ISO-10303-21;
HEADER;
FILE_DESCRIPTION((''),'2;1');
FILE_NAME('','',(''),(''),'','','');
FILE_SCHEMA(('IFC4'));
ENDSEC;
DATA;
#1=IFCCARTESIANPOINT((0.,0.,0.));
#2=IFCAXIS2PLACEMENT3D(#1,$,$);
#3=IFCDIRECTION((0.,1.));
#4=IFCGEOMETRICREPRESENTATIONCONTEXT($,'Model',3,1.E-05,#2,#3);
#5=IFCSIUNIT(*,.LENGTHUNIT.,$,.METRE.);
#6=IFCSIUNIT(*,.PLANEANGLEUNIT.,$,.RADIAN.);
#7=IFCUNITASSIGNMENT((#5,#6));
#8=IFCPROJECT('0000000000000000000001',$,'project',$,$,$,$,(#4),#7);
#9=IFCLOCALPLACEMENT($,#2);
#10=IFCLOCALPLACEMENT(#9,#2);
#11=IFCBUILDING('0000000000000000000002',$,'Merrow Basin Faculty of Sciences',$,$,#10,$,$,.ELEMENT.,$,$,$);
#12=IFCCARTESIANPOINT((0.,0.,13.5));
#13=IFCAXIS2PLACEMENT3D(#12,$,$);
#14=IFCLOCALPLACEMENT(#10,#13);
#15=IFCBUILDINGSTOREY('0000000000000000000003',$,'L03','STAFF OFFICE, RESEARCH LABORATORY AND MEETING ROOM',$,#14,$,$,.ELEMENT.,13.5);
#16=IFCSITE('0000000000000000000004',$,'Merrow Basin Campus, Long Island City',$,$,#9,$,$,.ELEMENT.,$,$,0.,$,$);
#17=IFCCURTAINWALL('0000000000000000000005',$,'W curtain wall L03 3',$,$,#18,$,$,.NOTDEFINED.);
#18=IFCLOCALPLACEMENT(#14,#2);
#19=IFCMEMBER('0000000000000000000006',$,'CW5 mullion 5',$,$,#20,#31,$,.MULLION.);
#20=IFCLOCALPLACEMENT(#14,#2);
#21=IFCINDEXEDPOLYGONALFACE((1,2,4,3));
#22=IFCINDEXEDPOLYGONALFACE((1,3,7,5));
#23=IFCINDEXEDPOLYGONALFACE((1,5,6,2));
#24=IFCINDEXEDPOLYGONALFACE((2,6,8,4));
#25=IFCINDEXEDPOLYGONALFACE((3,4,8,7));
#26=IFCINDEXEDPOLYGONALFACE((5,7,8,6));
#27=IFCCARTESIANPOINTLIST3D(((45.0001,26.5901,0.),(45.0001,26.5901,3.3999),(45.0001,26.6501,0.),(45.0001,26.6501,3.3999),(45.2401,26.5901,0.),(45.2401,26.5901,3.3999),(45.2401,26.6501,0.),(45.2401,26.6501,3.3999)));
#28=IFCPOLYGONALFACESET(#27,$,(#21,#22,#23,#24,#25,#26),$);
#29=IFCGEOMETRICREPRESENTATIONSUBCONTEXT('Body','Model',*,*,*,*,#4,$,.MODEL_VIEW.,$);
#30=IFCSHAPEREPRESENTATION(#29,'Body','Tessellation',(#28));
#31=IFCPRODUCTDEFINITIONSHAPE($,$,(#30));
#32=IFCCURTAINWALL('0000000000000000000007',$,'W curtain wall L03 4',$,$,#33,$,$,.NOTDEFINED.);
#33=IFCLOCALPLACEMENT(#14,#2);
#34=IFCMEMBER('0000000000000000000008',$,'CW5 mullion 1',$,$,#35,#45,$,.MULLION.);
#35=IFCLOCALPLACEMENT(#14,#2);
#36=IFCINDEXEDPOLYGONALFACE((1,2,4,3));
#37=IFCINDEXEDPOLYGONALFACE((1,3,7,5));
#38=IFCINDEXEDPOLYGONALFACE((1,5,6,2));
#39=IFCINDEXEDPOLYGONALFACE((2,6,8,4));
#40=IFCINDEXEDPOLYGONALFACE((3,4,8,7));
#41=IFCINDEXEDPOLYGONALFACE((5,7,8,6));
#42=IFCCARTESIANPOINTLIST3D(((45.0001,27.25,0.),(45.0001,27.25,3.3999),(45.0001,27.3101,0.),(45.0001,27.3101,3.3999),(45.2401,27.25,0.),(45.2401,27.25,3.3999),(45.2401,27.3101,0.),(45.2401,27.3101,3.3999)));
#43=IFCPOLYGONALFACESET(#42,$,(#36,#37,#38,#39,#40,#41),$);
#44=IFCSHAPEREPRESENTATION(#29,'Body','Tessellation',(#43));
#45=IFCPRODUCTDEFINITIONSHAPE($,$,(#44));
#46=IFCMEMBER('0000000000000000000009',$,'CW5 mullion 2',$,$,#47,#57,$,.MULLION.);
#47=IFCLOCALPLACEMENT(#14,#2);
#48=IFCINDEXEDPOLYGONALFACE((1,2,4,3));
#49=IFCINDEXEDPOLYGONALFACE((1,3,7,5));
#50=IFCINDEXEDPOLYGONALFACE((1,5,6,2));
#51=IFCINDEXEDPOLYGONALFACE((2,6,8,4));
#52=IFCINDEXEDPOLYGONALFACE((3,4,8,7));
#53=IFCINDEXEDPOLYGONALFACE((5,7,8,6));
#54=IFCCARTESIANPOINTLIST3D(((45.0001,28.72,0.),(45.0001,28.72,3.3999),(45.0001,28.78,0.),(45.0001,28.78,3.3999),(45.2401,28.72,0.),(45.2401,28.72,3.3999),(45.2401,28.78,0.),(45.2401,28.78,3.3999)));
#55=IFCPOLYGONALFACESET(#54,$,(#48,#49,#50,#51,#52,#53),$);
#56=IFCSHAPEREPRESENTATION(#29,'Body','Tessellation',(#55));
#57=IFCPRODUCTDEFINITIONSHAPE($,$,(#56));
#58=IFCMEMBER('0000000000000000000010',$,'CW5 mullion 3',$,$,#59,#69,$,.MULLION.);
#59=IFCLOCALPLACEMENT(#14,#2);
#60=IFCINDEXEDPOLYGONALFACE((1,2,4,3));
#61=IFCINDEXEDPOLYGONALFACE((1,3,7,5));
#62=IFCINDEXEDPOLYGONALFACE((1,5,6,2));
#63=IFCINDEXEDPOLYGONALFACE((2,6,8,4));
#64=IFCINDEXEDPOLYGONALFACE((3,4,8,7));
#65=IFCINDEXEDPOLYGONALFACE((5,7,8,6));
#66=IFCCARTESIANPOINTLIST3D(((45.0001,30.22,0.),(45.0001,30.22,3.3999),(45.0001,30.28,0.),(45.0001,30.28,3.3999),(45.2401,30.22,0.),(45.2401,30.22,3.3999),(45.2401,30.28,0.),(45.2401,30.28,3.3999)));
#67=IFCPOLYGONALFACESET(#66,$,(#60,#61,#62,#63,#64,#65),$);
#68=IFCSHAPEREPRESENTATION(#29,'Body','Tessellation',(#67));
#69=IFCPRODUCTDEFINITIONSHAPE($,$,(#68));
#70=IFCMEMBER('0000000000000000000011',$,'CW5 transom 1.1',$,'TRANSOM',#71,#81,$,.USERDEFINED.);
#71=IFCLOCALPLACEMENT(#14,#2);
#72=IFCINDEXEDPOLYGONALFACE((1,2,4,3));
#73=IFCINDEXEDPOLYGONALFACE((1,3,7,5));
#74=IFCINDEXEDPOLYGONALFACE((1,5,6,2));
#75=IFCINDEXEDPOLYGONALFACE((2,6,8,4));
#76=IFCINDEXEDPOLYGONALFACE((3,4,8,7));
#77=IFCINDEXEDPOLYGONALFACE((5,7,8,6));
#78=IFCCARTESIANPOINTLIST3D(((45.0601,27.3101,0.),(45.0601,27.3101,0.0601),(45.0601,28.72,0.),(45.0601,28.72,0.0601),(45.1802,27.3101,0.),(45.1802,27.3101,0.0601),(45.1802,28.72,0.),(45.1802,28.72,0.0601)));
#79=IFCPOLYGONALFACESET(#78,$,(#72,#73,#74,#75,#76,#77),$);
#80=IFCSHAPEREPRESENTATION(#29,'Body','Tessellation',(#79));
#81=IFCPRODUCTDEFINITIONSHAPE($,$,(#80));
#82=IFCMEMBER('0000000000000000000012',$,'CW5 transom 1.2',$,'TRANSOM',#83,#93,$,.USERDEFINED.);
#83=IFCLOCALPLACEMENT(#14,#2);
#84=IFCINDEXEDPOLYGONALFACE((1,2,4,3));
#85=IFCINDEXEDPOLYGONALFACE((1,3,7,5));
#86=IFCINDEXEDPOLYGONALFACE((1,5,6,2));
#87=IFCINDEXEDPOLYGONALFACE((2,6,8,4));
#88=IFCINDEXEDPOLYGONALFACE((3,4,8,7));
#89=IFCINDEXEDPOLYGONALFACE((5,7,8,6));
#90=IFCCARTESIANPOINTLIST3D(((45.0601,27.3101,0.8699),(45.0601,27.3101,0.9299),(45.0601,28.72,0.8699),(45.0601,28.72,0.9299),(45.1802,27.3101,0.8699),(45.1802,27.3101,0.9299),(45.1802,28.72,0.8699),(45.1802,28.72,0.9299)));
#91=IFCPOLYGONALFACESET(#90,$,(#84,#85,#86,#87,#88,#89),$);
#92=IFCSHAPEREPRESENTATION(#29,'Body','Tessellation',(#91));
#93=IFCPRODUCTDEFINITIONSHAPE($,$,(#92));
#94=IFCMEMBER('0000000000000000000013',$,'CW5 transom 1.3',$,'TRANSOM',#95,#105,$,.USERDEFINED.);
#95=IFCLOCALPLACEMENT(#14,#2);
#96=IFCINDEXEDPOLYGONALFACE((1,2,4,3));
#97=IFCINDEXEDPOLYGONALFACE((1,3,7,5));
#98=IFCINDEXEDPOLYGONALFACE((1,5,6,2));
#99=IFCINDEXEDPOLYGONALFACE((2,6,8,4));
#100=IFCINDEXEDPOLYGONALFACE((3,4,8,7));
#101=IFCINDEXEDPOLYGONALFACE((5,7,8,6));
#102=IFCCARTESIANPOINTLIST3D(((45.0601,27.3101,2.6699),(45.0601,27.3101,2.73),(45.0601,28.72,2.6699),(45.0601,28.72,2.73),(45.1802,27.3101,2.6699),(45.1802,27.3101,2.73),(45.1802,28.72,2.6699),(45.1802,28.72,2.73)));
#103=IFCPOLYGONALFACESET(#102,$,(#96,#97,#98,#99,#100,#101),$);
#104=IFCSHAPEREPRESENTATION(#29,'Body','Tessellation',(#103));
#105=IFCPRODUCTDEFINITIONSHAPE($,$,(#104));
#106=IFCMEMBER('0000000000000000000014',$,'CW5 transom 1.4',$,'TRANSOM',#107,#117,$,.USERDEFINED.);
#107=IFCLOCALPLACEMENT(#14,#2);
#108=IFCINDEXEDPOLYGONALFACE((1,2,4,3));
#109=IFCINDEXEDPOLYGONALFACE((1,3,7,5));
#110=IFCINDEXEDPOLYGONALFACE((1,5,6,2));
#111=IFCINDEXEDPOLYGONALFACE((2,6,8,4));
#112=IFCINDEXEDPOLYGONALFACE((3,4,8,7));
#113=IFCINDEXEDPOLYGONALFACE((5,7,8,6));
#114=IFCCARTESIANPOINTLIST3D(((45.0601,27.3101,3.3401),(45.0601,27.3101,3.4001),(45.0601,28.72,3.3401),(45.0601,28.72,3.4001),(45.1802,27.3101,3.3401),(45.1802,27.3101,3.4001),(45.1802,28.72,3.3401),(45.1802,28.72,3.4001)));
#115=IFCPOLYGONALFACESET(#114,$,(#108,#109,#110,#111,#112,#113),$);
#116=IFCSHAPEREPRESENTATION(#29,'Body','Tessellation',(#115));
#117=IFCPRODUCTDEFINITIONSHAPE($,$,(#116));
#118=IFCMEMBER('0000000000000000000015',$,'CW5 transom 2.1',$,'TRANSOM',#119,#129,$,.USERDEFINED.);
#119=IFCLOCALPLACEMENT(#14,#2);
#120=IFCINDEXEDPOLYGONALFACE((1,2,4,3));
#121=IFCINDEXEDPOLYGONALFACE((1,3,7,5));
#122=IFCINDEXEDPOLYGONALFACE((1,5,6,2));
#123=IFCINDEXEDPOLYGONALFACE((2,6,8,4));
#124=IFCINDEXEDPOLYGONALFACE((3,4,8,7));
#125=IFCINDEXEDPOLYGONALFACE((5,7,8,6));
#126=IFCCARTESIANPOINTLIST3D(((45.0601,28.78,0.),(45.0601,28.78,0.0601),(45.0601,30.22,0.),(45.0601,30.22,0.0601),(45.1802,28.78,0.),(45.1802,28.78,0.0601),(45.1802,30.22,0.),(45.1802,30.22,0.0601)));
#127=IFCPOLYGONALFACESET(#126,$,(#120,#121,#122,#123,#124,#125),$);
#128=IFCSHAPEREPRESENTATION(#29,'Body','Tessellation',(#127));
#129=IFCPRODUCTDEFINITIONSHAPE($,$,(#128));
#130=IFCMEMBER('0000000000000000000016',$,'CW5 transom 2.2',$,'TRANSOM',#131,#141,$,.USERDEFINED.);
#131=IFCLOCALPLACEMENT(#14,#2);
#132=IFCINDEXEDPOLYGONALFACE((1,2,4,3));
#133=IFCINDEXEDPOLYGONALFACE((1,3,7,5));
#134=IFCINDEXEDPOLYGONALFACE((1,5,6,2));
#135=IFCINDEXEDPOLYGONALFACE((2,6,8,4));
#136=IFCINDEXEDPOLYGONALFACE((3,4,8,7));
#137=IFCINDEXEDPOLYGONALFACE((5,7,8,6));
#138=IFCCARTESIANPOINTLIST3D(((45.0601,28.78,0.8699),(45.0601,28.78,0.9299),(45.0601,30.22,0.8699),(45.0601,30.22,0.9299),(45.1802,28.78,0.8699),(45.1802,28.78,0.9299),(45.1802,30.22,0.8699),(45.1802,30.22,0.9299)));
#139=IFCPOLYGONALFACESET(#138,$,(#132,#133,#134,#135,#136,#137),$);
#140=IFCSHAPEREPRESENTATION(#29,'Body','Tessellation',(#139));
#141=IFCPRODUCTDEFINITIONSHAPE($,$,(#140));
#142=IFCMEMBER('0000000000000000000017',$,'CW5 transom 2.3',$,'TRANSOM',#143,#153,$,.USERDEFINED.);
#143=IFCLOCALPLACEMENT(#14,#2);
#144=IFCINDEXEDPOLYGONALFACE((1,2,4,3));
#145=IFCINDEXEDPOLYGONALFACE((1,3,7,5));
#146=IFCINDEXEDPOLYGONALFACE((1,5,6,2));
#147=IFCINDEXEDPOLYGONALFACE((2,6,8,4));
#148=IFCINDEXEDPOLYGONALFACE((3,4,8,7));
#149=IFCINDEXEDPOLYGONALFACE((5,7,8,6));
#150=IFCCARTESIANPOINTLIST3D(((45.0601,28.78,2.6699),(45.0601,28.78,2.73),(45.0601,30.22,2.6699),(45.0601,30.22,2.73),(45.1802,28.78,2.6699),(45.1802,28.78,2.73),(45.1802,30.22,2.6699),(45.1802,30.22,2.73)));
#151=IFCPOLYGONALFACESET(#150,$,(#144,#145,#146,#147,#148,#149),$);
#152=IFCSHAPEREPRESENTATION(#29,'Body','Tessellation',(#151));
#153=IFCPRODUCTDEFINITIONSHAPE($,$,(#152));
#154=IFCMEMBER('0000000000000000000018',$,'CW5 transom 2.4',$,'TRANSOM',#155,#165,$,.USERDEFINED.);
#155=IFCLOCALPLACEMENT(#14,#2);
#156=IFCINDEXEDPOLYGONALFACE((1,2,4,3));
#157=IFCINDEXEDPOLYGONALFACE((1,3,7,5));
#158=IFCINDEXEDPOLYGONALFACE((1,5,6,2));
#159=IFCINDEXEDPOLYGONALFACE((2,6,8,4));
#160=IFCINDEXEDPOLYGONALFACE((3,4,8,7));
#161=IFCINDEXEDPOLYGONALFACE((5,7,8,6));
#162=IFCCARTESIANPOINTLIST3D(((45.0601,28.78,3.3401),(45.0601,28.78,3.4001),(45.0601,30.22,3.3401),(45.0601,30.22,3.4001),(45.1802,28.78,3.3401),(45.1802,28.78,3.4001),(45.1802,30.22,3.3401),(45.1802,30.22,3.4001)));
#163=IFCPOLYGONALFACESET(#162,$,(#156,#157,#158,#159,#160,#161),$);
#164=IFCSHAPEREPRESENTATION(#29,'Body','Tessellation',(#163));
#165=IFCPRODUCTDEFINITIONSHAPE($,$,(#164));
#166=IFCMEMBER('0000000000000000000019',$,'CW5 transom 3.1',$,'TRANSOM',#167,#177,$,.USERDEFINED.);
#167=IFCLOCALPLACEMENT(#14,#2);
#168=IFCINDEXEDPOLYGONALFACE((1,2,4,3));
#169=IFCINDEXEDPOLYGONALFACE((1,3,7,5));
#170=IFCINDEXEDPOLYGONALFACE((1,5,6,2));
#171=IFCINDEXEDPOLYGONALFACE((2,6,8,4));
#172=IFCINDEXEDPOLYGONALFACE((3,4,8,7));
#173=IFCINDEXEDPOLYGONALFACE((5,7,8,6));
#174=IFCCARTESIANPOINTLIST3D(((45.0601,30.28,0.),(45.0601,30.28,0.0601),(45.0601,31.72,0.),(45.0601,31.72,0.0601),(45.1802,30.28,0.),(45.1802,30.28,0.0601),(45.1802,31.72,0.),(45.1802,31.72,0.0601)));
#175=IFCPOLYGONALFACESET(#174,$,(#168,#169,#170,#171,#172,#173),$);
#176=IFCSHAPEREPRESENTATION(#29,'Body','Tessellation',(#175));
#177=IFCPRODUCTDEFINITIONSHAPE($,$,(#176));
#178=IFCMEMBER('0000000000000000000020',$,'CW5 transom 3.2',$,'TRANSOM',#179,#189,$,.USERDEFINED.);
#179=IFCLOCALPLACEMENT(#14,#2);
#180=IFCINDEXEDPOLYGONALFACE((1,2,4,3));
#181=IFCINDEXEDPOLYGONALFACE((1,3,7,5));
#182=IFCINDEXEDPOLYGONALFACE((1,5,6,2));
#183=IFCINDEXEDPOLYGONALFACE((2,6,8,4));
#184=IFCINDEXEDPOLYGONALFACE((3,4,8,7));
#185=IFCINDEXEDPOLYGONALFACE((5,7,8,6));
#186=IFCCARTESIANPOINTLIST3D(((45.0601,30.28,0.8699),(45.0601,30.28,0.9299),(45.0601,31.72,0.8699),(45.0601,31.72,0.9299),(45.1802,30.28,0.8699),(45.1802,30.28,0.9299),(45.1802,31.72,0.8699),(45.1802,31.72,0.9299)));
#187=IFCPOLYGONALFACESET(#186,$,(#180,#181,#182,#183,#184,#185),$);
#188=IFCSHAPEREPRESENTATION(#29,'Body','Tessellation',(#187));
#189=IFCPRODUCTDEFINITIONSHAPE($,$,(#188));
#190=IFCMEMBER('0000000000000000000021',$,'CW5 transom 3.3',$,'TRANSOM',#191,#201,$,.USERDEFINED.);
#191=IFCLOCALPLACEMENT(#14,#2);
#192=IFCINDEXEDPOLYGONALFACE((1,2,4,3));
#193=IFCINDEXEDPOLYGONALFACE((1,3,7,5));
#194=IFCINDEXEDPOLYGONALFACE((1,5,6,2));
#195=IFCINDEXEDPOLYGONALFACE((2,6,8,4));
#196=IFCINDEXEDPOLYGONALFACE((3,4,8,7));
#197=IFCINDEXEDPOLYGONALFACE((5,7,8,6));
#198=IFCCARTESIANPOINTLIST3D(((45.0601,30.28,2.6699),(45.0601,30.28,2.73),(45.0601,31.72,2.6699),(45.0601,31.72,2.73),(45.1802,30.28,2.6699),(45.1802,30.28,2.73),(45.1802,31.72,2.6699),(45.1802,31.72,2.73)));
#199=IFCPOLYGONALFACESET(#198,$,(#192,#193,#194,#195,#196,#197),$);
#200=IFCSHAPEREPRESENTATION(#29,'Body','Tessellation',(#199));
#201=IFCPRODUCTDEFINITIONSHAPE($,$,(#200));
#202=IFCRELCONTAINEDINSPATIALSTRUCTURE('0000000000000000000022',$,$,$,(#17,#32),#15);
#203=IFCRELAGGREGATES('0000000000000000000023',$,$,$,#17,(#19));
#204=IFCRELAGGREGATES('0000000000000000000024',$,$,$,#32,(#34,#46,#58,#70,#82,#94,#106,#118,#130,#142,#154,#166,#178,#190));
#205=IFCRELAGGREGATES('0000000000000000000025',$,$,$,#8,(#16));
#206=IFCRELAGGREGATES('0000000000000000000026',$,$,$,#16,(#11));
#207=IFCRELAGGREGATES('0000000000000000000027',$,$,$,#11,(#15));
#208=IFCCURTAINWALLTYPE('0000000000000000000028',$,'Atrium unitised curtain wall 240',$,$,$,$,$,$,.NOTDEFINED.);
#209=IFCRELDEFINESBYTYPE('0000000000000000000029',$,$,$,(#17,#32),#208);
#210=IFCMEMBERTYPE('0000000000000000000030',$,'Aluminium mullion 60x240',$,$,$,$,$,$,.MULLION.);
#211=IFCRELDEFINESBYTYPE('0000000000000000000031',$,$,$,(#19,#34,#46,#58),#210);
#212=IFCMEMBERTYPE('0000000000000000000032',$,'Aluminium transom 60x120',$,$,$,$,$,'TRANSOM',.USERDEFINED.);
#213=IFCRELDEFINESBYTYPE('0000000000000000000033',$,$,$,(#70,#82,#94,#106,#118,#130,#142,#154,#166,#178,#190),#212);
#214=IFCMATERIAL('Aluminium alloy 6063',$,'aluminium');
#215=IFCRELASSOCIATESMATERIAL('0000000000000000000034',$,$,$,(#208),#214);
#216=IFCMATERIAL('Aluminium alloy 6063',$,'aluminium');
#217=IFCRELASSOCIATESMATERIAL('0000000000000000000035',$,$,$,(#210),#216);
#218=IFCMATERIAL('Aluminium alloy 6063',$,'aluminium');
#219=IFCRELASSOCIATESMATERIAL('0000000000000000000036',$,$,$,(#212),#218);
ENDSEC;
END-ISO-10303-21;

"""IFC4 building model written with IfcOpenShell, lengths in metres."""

from ifc_helpers import new_model, si_unit, direction, frame, origin, origin_2d, place, context, subcontext, project, spatial, rectangle, extrude, material, material_profile, profile_set, type_object, element, aggregate, save


model = new_model("IFC4")

# Units and contexts
model_context = context("Model", 3, precision=1e-05, world=origin(), true_north=direction((0.0, 1.0)))
body_context = subcontext(model_context, "Body", "Model", "MODEL_VIEW")
ifc_project = project(units=[si_unit("LENGTHUNIT", "METRE"), si_unit("PLANEANGLEUNIT", "RADIAN")], contexts=[model_context])

# Site, building, storey
site_placement = place(None, origin())
site = spatial("IfcSite", under=ifc_project, at=site_placement, Name="Merrow Basin Campus, Long Island City", CompositionType="ELEMENT", RefElevation=0.0)
building_placement = place(site_placement, origin())
building = spatial("IfcBuilding", under=site, at=building_placement, Name="Merrow Basin Faculty of Sciences", CompositionType="ELEMENT")
storey_placement = place(building_placement, frame((0.0, 0.0, 13.5)))
storey = spatial("IfcBuildingStorey", under=building, at=storey_placement, Name="L03", Description="STAFF OFFICE, RESEARCH LABORATORY AND MEETING ROOM", CompositionType="ELEMENT", Elevation=13.5)

# Curtain wall, member
ifc_material_1 = material(Name="Aluminium alloy 6063", Category="aluminium")
curtain_wall_type = type_object("IfcCurtainWallType", Name="Atrium unitised curtain wall 240", PredefinedType="NOTDEFINED", material=ifc_material_1)
curtain_wall_1_placement = place(storey_placement, origin())
curtain_wall_1 = element("IfcCurtainWall", 1, at=curtain_wall_1_placement, inside=storey, type_object=curtain_wall_type, Name="W curtain wall L03 3", PredefinedType="NOTDEFINED")
ifc_material_2 = material(Name="Aluminium alloy 6063", Category="aluminium")
ifc_material_profile_1 = material_profile(ifc_material_2, rectangle(XDim=0.24, YDim=0.0601, at=origin_2d()))
ifc_profile_set_1 = profile_set([ifc_material_profile_1], Name="Aluminium alloy 6063")
member_type_1 = type_object("IfcMemberType", Name="Aluminium mullion 60x240", PredefinedType="MULLION", material=ifc_profile_set_1)
member_1_placement = place(storey_placement, frame((45.1201, 26.6201, 0.0), z_axis=(0.0, 0.0, 1.0), x_axis=(-1.0, 0.0, 0.0)))
member_1 = element("IfcMember", 2, at=member_1_placement, type_object=member_type_1, Name="CW5 mullion 5", PredefinedType="MULLION", context=body_context, shape_type="SweptSolid", body=[
    extrude(rectangle(XDim=0.24, YDim=0.0601, at=origin_2d()), origin(), (0.0, 0.0, 1.0), 3.3999),
])
aggregate(curtain_wall_1, [member_1])

# Curtain wall, members
curtain_wall_2_placement = place(storey_placement, origin())
curtain_wall_2 = element("IfcCurtainWall", 3, at=curtain_wall_2_placement, inside=storey, type_object=curtain_wall_type, Name="W curtain wall L03 4", PredefinedType="NOTDEFINED")
member_2_placement = place(storey_placement, frame((45.1201, 27.28, 0.0), z_axis=(0.0, 0.0, 1.0), x_axis=(-1.0, 0.0, 0.0)))
member_2 = element("IfcMember", 4, at=member_2_placement, type_object=member_type_1, Name="CW5 mullion 1", PredefinedType="MULLION", context=body_context, shape_type="SweptSolid", body=[
    extrude(rectangle(XDim=0.24, YDim=0.0601, at=origin_2d()), origin(), (0.0, 0.0, 1.0), 3.3999),
])
member_3_placement = place(storey_placement, frame((45.1201, 28.75, 0.0), z_axis=(0.0, 0.0, 1.0), x_axis=(-1.0, 0.0, 0.0)))
member_3 = element("IfcMember", 5, at=member_3_placement, type_object=member_type_1, Name="CW5 mullion 2", PredefinedType="MULLION", context=body_context, shape_type="SweptSolid", body=[
    extrude(rectangle(XDim=0.24, YDim=0.0601, at=origin_2d()), origin(), (0.0, 0.0, 1.0), 3.3999),
])
member_4_placement = place(storey_placement, frame((45.1201, 30.25, 0.0), z_axis=(0.0, 0.0, 1.0), x_axis=(-1.0, 0.0, 0.0)))
member_4 = element("IfcMember", 6, at=member_4_placement, type_object=member_type_1, Name="CW5 mullion 3", PredefinedType="MULLION", context=body_context, shape_type="SweptSolid", body=[
    extrude(rectangle(XDim=0.24, YDim=0.0601, at=origin_2d()), origin(), (0.0, 0.0, 1.0), 3.3999),
])
ifc_material_3 = material(Name="Aluminium alloy 6063", Category="aluminium")
ifc_material_profile_2 = material_profile(ifc_material_3, rectangle(XDim=0.1201, YDim=0.0601, at=origin_2d()))
ifc_profile_set_2 = profile_set([ifc_material_profile_2], Name="Aluminium alloy 6063")
member_type_2 = type_object("IfcMemberType", Name="Aluminium transom 60x120", ElementType="TRANSOM", PredefinedType="USERDEFINED", material=ifc_profile_set_2)
member_5_placement = place(storey_placement, frame((45.1201, 27.3101, 0.03), z_axis=(0.0, 1.0, 0.0), x_axis=(-1.0, 0.0, 0.0)))
member_5 = element("IfcMember", 7, at=member_5_placement, type_object=member_type_2, Name="CW5 transom 1.1", ObjectType="TRANSOM", PredefinedType="USERDEFINED", context=body_context, shape_type="SweptSolid", body=[
    extrude(rectangle(XDim=0.1201, YDim=0.0601, at=origin_2d()), origin(), (0.0, 0.0, 1.0), 1.4099),
])
member_6_placement = place(storey_placement, frame((45.1201, 27.3101, 0.8999), z_axis=(0.0, 1.0, 0.0), x_axis=(-1.0, 0.0, 0.0)))
member_6 = element("IfcMember", 8, at=member_6_placement, type_object=member_type_2, Name="CW5 transom 1.2", ObjectType="TRANSOM", PredefinedType="USERDEFINED", context=body_context, shape_type="SweptSolid", body=[
    extrude(rectangle(XDim=0.1201, YDim=0.0601, at=origin_2d()), origin(), (0.0, 0.0, 1.0), 1.4099),
])
member_7_placement = place(storey_placement, frame((45.1201, 27.3101, 2.7), z_axis=(0.0, 1.0, 0.0), x_axis=(-1.0, 0.0, 0.0)))
member_7 = element("IfcMember", 9, at=member_7_placement, type_object=member_type_2, Name="CW5 transom 1.3", ObjectType="TRANSOM", PredefinedType="USERDEFINED", context=body_context, shape_type="SweptSolid", body=[
    extrude(rectangle(XDim=0.1201, YDim=0.0601, at=origin_2d()), origin(), (0.0, 0.0, 1.0), 1.4099),
])
member_8_placement = place(storey_placement, frame((45.1201, 27.3101, 3.3701), z_axis=(0.0, 1.0, 0.0), x_axis=(-1.0, 0.0, 0.0)))
member_8 = element("IfcMember", 10, at=member_8_placement, type_object=member_type_2, Name="CW5 transom 1.4", ObjectType="TRANSOM", PredefinedType="USERDEFINED", context=body_context, shape_type="SweptSolid", body=[
    extrude(rectangle(XDim=0.1201, YDim=0.0601, at=origin_2d()), origin(), (0.0, 0.0, 1.0), 1.4099),
])
member_9_placement = place(storey_placement, frame((45.1201, 28.78, 0.03), z_axis=(0.0, 1.0, 0.0), x_axis=(-1.0, 0.0, 0.0)))
member_9 = element("IfcMember", 11, at=member_9_placement, type_object=member_type_2, Name="CW5 transom 2.1", ObjectType="TRANSOM", PredefinedType="USERDEFINED", context=body_context, shape_type="SweptSolid", body=[
    extrude(rectangle(XDim=0.1201, YDim=0.0601, at=origin_2d()), origin(), (0.0, 0.0, 1.0), 1.4399),
])
member_10_placement = place(storey_placement, frame((45.1201, 28.78, 0.8999), z_axis=(0.0, 1.0, 0.0), x_axis=(-1.0, 0.0, 0.0)))
member_10 = element("IfcMember", 12, at=member_10_placement, type_object=member_type_2, Name="CW5 transom 2.2", ObjectType="TRANSOM", PredefinedType="USERDEFINED", context=body_context, shape_type="SweptSolid", body=[
    extrude(rectangle(XDim=0.1201, YDim=0.0601, at=origin_2d()), origin(), (0.0, 0.0, 1.0), 1.4399),
])
member_11_placement = place(storey_placement, frame((45.1201, 28.78, 2.7), z_axis=(0.0, 1.0, 0.0), x_axis=(-1.0, 0.0, 0.0)))
member_11 = element("IfcMember", 13, at=member_11_placement, type_object=member_type_2, Name="CW5 transom 2.3", ObjectType="TRANSOM", PredefinedType="USERDEFINED", context=body_context, shape_type="SweptSolid", body=[
    extrude(rectangle(XDim=0.1201, YDim=0.0601, at=origin_2d()), origin(), (0.0, 0.0, 1.0), 1.4399),
])
member_12_placement = place(storey_placement, frame((45.1201, 28.78, 3.3701), z_axis=(0.0, 1.0, 0.0), x_axis=(-1.0, 0.0, 0.0)))
member_12 = element("IfcMember", 14, at=member_12_placement, type_object=member_type_2, Name="CW5 transom 2.4", ObjectType="TRANSOM", PredefinedType="USERDEFINED", context=body_context, shape_type="SweptSolid", body=[
    extrude(rectangle(XDim=0.1201, YDim=0.0601, at=origin_2d()), origin(), (0.0, 0.0, 1.0), 1.4399),
])
member_13_placement = place(storey_placement, frame((45.1201, 30.28, 0.03), z_axis=(0.0, 1.0, 0.0), x_axis=(-1.0, 0.0, 0.0)))
member_13 = element("IfcMember", 15, at=member_13_placement, type_object=member_type_2, Name="CW5 transom 3.1", ObjectType="TRANSOM", PredefinedType="USERDEFINED", context=body_context, shape_type="SweptSolid", body=[
    extrude(rectangle(XDim=0.1201, YDim=0.0601, at=origin_2d()), origin(), (0.0, 0.0, 1.0), 1.4399),
])
member_14_placement = place(storey_placement, frame((45.1201, 30.28, 0.8999), z_axis=(0.0, 1.0, 0.0), x_axis=(-1.0, 0.0, 0.0)))
member_14 = element("IfcMember", 16, at=member_14_placement, type_object=member_type_2, Name="CW5 transom 3.2", ObjectType="TRANSOM", PredefinedType="USERDEFINED", context=body_context, shape_type="SweptSolid", body=[
    extrude(rectangle(XDim=0.1201, YDim=0.0601, at=origin_2d()), origin(), (0.0, 0.0, 1.0), 1.4399),
])
member_15_placement = place(storey_placement, frame((45.1201, 30.28, 2.7), z_axis=(0.0, 1.0, 0.0), x_axis=(-1.0, 0.0, 0.0)))
member_15 = element("IfcMember", 17, at=member_15_placement, type_object=member_type_2, Name="CW5 transom 3.3", ObjectType="TRANSOM", PredefinedType="USERDEFINED", context=body_context, shape_type="SweptSolid", body=[
    extrude(rectangle(XDim=0.1201, YDim=0.0601, at=origin_2d()), origin(), (0.0, 0.0, 1.0), 1.4399),
])
aggregate(curtain_wall_2, [member_2, member_3, member_4, member_5, member_6, member_7, member_8, member_9, member_10, member_11, member_12, member_13, member_14, member_15])

save(model, "model.ifc")
